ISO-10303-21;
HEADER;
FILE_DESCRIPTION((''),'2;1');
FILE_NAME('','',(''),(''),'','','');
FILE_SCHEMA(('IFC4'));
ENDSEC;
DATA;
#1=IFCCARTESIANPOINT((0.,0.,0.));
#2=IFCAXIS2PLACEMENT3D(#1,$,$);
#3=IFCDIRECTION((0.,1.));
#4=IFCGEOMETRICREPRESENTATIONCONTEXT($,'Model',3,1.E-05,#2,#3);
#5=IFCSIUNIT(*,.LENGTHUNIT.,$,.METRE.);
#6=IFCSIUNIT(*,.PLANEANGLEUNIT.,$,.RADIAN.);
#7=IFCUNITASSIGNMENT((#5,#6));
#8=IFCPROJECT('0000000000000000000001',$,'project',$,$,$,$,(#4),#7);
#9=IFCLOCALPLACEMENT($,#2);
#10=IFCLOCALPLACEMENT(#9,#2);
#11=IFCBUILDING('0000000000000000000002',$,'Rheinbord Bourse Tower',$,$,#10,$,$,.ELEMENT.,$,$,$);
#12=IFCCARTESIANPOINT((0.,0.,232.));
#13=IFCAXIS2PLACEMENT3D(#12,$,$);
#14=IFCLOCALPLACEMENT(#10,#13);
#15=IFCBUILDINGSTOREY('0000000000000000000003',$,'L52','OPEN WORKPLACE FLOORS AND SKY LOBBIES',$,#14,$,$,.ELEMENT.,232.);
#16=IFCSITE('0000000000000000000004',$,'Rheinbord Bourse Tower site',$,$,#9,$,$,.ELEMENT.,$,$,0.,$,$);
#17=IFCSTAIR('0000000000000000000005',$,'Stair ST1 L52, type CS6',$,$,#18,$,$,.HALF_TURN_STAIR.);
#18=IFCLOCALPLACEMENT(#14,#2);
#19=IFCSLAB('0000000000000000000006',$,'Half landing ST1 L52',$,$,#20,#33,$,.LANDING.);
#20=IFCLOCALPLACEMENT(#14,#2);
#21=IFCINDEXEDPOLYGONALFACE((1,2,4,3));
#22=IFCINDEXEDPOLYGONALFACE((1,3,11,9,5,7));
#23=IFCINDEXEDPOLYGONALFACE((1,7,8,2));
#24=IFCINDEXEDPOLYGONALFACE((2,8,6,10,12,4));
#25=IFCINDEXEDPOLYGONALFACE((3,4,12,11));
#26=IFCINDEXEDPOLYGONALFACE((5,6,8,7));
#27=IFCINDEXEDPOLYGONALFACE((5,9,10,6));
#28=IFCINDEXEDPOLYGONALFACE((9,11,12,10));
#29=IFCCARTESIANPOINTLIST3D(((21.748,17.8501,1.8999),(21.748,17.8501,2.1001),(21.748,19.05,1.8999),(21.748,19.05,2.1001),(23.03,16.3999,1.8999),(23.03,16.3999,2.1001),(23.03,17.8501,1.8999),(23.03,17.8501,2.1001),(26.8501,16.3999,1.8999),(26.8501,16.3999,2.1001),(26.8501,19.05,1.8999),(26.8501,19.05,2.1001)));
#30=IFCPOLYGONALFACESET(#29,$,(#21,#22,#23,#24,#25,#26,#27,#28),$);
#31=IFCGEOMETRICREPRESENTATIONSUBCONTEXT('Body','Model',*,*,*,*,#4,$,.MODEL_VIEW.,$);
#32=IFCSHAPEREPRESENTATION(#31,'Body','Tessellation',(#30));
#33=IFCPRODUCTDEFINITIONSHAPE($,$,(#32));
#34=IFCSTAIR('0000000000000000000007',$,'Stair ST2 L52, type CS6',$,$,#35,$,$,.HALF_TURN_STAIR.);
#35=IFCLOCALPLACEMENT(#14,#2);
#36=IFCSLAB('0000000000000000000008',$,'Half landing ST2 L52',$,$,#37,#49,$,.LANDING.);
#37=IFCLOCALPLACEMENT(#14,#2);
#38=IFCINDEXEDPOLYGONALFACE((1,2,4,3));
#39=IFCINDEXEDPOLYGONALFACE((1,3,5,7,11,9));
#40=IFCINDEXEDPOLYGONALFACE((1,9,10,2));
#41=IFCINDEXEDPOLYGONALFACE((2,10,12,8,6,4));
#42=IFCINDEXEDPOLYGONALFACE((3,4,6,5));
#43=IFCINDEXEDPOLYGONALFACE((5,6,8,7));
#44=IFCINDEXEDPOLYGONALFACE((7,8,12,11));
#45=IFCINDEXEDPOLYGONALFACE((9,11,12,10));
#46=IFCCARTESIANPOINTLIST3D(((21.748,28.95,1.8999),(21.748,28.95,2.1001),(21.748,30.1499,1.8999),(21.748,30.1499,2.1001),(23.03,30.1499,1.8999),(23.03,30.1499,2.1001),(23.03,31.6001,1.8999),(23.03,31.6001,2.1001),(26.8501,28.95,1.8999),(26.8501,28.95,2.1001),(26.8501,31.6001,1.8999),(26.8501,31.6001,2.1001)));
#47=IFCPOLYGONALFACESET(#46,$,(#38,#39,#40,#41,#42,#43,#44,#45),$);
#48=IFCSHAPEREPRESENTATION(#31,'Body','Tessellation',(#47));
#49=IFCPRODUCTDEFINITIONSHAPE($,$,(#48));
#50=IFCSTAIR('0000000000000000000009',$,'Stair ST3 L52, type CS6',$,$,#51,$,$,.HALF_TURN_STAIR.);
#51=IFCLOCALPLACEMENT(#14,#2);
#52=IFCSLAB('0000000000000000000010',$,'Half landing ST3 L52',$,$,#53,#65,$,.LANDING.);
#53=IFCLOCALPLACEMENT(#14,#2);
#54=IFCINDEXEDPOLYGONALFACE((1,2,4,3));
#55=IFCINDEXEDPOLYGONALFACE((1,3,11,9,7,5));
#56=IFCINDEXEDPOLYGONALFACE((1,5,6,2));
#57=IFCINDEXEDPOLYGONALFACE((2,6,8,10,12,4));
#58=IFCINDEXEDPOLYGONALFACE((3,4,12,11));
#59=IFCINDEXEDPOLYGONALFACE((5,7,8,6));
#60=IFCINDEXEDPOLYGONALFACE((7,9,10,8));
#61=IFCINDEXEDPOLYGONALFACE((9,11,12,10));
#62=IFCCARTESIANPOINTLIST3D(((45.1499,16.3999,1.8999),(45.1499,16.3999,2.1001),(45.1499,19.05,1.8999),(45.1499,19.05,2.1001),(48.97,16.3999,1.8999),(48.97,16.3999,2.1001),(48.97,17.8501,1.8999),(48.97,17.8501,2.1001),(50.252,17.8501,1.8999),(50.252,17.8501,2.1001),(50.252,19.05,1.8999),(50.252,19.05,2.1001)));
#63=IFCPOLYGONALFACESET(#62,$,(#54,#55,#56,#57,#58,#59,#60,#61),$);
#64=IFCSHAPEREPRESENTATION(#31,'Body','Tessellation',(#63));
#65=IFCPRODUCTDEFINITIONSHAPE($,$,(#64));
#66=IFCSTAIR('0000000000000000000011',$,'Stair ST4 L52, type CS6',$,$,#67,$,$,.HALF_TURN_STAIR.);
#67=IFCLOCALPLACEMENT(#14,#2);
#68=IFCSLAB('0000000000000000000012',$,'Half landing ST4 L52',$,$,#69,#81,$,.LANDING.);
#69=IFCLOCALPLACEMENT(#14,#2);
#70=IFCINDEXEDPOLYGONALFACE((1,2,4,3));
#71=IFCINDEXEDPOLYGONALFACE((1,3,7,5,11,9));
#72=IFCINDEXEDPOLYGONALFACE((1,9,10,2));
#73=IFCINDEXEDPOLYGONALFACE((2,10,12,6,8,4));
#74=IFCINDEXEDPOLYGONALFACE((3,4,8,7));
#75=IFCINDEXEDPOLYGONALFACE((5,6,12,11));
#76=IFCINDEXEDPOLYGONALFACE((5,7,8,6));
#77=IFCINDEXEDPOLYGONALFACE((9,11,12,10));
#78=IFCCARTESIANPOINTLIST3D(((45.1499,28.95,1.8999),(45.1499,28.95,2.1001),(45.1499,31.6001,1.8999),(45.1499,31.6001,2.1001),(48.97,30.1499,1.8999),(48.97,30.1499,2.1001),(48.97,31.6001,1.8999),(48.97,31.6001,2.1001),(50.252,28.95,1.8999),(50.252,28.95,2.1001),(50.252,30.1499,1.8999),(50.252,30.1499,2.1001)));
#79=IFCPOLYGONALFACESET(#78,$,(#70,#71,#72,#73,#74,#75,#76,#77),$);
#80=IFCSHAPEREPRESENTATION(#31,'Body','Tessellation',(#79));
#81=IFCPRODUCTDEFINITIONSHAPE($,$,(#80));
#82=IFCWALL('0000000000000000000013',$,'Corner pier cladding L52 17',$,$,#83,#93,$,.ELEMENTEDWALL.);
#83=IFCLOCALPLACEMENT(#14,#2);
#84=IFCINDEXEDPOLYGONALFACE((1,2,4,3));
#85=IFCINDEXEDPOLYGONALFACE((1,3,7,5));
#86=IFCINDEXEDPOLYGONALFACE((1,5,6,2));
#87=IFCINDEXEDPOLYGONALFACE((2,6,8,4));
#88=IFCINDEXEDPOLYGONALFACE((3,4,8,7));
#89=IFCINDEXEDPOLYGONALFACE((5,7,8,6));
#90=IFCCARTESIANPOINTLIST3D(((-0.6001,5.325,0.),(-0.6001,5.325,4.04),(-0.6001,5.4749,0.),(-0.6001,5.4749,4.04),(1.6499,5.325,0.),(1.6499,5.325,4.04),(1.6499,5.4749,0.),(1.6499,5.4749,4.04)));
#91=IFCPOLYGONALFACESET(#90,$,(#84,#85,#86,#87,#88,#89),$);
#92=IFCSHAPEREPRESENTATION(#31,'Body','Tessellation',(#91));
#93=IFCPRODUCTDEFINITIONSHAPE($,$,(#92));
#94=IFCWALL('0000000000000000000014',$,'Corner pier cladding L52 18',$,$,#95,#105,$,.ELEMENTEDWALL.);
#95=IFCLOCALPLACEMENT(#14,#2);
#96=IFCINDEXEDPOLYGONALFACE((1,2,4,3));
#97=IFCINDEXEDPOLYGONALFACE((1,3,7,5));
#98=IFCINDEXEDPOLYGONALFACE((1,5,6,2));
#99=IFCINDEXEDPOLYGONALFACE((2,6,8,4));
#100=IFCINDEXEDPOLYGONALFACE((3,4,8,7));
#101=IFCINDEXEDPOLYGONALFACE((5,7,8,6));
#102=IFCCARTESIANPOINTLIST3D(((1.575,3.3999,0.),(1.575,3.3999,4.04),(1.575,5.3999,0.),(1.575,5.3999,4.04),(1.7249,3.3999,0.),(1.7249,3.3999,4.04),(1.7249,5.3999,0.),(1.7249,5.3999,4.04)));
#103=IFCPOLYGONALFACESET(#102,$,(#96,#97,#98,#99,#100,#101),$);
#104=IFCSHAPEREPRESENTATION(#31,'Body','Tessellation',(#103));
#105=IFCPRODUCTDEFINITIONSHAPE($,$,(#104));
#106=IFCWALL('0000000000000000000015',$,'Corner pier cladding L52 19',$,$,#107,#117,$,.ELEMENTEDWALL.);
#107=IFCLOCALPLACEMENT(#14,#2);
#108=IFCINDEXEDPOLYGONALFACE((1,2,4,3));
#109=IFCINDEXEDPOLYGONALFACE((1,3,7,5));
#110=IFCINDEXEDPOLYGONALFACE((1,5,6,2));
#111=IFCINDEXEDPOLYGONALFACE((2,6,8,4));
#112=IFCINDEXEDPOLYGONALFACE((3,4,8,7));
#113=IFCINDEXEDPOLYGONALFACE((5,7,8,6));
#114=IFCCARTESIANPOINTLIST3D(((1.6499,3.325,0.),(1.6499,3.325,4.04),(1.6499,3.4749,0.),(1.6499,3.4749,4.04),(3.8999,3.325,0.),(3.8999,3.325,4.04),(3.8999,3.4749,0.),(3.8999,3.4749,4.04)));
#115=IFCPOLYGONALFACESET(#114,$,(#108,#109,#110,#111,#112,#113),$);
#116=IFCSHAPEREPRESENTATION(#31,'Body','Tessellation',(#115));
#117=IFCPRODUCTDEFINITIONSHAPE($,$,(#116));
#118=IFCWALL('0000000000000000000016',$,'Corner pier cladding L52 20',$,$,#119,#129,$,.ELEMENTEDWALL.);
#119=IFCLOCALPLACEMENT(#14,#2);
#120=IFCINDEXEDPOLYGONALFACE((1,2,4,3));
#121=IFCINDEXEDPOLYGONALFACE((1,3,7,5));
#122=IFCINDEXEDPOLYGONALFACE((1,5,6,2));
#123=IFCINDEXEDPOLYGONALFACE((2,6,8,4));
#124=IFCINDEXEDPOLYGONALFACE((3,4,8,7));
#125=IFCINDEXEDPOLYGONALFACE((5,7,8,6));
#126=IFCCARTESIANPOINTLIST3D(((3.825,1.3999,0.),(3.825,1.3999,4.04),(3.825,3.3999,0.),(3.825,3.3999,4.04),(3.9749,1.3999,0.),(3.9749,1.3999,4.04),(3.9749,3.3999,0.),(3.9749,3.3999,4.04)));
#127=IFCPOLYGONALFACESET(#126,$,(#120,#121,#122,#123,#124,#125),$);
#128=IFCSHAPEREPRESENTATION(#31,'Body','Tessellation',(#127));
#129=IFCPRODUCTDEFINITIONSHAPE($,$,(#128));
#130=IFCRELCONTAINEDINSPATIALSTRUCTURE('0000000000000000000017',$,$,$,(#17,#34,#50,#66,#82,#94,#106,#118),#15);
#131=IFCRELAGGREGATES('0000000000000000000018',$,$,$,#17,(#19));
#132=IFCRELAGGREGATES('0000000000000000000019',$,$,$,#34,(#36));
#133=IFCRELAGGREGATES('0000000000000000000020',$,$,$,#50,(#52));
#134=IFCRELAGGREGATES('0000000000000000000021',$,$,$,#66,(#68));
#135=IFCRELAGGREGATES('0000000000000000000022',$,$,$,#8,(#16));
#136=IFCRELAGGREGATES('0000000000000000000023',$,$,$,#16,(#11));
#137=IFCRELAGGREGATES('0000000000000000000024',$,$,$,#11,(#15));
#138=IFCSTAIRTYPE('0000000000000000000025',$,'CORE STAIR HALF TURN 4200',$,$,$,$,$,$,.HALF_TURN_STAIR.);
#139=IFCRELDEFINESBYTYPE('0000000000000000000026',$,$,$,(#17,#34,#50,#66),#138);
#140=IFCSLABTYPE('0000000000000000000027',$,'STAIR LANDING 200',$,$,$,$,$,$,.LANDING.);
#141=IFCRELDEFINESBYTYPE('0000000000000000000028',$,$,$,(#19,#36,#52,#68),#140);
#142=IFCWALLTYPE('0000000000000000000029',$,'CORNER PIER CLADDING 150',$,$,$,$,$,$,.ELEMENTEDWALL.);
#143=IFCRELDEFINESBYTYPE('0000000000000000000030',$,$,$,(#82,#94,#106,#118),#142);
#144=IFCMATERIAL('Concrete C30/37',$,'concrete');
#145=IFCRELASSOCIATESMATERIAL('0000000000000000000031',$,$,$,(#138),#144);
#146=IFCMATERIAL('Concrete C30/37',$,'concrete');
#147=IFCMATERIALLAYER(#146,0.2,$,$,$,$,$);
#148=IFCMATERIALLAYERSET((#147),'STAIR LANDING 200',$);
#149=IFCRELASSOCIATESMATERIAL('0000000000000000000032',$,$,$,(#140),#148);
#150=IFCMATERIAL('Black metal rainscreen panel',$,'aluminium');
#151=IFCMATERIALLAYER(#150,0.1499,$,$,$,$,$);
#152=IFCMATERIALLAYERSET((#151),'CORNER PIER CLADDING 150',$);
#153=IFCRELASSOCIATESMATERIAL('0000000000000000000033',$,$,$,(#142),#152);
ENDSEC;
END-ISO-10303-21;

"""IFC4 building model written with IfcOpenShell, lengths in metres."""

from ifc_helpers import new_model, si_unit, direction, frame, frame_2d, origin, place, context, subcontext, project, spatial, polyline, rectangle, outline, extrude, material, layer, layer_set, type_object, element, aggregate, save


model = new_model("IFC4")

# Units and contexts
model_context = context("Model", 3, precision=1e-05, world=origin(), true_north=direction((0.0, 1.0)))
body_context = subcontext(model_context, "Body", "Model", "MODEL_VIEW")
ifc_project = project(units=[si_unit("LENGTHUNIT", "METRE"), si_unit("PLANEANGLEUNIT", "RADIAN")], contexts=[model_context])

# Site, building, storey
site_placement = place(None, origin())
site = spatial("IfcSite", under=ifc_project, at=site_placement, Name="Rheinbord Bourse Tower site", CompositionType="ELEMENT", RefElevation=0.0)
building_placement = place(site_placement, origin())
building = spatial("IfcBuilding", under=site, at=building_placement, Name="Rheinbord Bourse Tower", CompositionType="ELEMENT")
storey_placement = place(building_placement, frame((0.0, 0.0, 232.0)))
storey = spatial("IfcBuildingStorey", under=building, at=storey_placement, Name="L52", Description="OPEN WORKPLACE FLOORS AND SKY LOBBIES", CompositionType="ELEMENT", Elevation=232.0)

# Stairs, slabs
ifc_material_1 = material(Name="Concrete C30/37", Category="concrete")
stair_type = type_object("IfcStairType", Name="CORE STAIR HALF TURN 4200", PredefinedType="HALF_TURN_STAIR", material=ifc_material_1)
stair_1_placement = place(storey_placement, origin())
stair_1 = element("IfcStair", 1, at=stair_1_placement, inside=storey, type_object=stair_type, Name="Stair ST1 L52, type CS6", PredefinedType="HALF_TURN_STAIR")
ifc_material_2 = material(Name="Concrete C30/37", Category="concrete")
ifc_layer_1 = layer(ifc_material_2, 0.2)
ifc_layer_set_1 = layer_set([ifc_layer_1], Name="STAIR LANDING 200")
slab_type_1 = type_object("IfcSlabType", Name="STAIR LANDING 200", PredefinedType="LANDING", material=ifc_layer_set_1)
slab_1_placement = place(storey_placement, frame((0.0, 0.0, 1.8999)))
slab_1 = element("IfcSlab", 2, at=slab_1_placement, type_object=slab_type_1, Name="Half landing ST1 L52", PredefinedType="LANDING", context=body_context, shape_type="SweptSolid", body=[
    extrude(outline(polyline([(23.03, 16.3999), (26.8501, 16.3999), (26.8501, 19.05), (21.748, 19.05), (21.748, 17.8501), (23.03, 17.8501), (23.03, 16.3999)])), origin(), (0.0, 0.0, 1.0), 0.2002),
])
aggregate(stair_1, [slab_1])
stair_2_placement = place(storey_placement, origin())
stair_2 = element("IfcStair", 3, at=stair_2_placement, inside=storey, type_object=stair_type, Name="Stair ST2 L52, type CS6", PredefinedType="HALF_TURN_STAIR")
slab_2_placement = place(storey_placement, frame((0.0, 0.0, 1.8999)))
slab_2 = element("IfcSlab", 4, at=slab_2_placement, type_object=slab_type_1, Name="Half landing ST2 L52", PredefinedType="LANDING", context=body_context, shape_type="SweptSolid", body=[
    extrude(outline(polyline([(21.748, 28.95), (26.8501, 28.95), (26.8501, 31.6001), (23.03, 31.6001), (23.03, 30.1499), (21.748, 30.1499), (21.748, 28.95)])), origin(), (0.0, 0.0, 1.0), 0.2002),
])
aggregate(stair_2, [slab_2])
stair_3_placement = place(storey_placement, origin())
stair_3 = element("IfcStair", 5, at=stair_3_placement, inside=storey, type_object=stair_type, Name="Stair ST3 L52, type CS6", PredefinedType="HALF_TURN_STAIR")
slab_3_placement = place(storey_placement, frame((0.0, 0.0, 1.8999)))
slab_3 = element("IfcSlab", 6, at=slab_3_placement, type_object=slab_type_1, Name="Half landing ST3 L52", PredefinedType="LANDING", context=body_context, shape_type="SweptSolid", body=[
    extrude(outline(polyline([(45.1499, 16.3999), (48.97, 16.3999), (48.97, 17.8501), (50.252, 17.8501), (50.252, 19.05), (45.1499, 19.05), (45.1499, 16.3999)])), origin(), (0.0, 0.0, 1.0), 0.2002),
])
aggregate(stair_3, [slab_3])
stair_4_placement = place(storey_placement, origin())
stair_4 = element("IfcStair", 7, at=stair_4_placement, inside=storey, type_object=stair_type, Name="Stair ST4 L52, type CS6", PredefinedType="HALF_TURN_STAIR")
slab_4_placement = place(storey_placement, frame((0.0, 0.0, 1.8999)))
slab_4 = element("IfcSlab", 8, at=slab_4_placement, type_object=slab_type_1, Name="Half landing ST4 L52", PredefinedType="LANDING", context=body_context, shape_type="SweptSolid", body=[
    extrude(outline(polyline([(45.1499, 28.95), (50.252, 28.95), (50.252, 30.1499), (48.97, 30.1499), (48.97, 31.6001), (45.1499, 31.6001), (45.1499, 28.95)])), origin(), (0.0, 0.0, 1.0), 0.2002),
])
aggregate(stair_4, [slab_4])

# Walls
ifc_material_3 = material(Name="Black metal rainscreen panel", Category="aluminium")
ifc_layer_2 = layer(ifc_material_3, 0.1499)
ifc_layer_set_2 = layer_set([ifc_layer_2], Name="CORNER PIER CLADDING 150")
wall_type = type_object("IfcWallType", Name="CORNER PIER CLADDING 150", PredefinedType="ELEMENTEDWALL", material=ifc_layer_set_2)
wall_1_placement = place(storey_placement, frame((-0.6001, 5.3999, 0.0), z_axis=(0.0, 0.0, 1.0), x_axis=(1.0, 0.0, 0.0)))
element("IfcWall", 9, at=wall_1_placement, inside=storey, type_object=wall_type, Name="Corner pier cladding L52 17", PredefinedType="ELEMENTEDWALL", context=body_context, shape_type="SweptSolid", body=[
    extrude(rectangle(XDim=2.25, YDim=0.1499, at=frame_2d((1.125, 0.0))), origin(), (0.0, 0.0, 1.0), 4.04),
])
wall_2_placement = place(storey_placement, frame((1.6499, 5.3999, 0.0), z_axis=(0.0, 0.0, 1.0), x_axis=(0.0, -1.0, 0.0)))
element("IfcWall", 10, at=wall_2_placement, inside=storey, type_object=wall_type, Name="Corner pier cladding L52 18", PredefinedType="ELEMENTEDWALL", context=body_context, shape_type="SweptSolid", body=[
    extrude(rectangle(XDim=2.0, YDim=0.1499, at=frame_2d((1.0, 0.0))), origin(), (0.0, 0.0, 1.0), 4.04),
])
wall_3_placement = place(storey_placement, frame((1.6499, 3.3999, 0.0), z_axis=(0.0, 0.0, 1.0), x_axis=(1.0, 0.0, 0.0)))
element("IfcWall", 11, at=wall_3_placement, inside=storey, type_object=wall_type, Name="Corner pier cladding L52 19", PredefinedType="ELEMENTEDWALL", context=body_context, shape_type="SweptSolid", body=[
    extrude(rectangle(XDim=2.25, YDim=0.1499, at=frame_2d((1.125, 0.0))), origin(), (0.0, 0.0, 1.0), 4.04),
])
wall_4_placement = place(storey_placement, frame((3.8999, 3.3999, 0.0), z_axis=(0.0, 0.0, 1.0), x_axis=(0.0, -1.0, 0.0)))
element("IfcWall", 12, at=wall_4_placement, inside=storey, type_object=wall_type, Name="Corner pier cladding L52 20", PredefinedType="ELEMENTEDWALL", context=body_context, shape_type="SweptSolid", body=[
    extrude(rectangle(XDim=2.0, YDim=0.1499, at=frame_2d((1.0, 0.0))), origin(), (0.0, 0.0, 1.0), 4.04),
])

save(model, "model.ifc")
